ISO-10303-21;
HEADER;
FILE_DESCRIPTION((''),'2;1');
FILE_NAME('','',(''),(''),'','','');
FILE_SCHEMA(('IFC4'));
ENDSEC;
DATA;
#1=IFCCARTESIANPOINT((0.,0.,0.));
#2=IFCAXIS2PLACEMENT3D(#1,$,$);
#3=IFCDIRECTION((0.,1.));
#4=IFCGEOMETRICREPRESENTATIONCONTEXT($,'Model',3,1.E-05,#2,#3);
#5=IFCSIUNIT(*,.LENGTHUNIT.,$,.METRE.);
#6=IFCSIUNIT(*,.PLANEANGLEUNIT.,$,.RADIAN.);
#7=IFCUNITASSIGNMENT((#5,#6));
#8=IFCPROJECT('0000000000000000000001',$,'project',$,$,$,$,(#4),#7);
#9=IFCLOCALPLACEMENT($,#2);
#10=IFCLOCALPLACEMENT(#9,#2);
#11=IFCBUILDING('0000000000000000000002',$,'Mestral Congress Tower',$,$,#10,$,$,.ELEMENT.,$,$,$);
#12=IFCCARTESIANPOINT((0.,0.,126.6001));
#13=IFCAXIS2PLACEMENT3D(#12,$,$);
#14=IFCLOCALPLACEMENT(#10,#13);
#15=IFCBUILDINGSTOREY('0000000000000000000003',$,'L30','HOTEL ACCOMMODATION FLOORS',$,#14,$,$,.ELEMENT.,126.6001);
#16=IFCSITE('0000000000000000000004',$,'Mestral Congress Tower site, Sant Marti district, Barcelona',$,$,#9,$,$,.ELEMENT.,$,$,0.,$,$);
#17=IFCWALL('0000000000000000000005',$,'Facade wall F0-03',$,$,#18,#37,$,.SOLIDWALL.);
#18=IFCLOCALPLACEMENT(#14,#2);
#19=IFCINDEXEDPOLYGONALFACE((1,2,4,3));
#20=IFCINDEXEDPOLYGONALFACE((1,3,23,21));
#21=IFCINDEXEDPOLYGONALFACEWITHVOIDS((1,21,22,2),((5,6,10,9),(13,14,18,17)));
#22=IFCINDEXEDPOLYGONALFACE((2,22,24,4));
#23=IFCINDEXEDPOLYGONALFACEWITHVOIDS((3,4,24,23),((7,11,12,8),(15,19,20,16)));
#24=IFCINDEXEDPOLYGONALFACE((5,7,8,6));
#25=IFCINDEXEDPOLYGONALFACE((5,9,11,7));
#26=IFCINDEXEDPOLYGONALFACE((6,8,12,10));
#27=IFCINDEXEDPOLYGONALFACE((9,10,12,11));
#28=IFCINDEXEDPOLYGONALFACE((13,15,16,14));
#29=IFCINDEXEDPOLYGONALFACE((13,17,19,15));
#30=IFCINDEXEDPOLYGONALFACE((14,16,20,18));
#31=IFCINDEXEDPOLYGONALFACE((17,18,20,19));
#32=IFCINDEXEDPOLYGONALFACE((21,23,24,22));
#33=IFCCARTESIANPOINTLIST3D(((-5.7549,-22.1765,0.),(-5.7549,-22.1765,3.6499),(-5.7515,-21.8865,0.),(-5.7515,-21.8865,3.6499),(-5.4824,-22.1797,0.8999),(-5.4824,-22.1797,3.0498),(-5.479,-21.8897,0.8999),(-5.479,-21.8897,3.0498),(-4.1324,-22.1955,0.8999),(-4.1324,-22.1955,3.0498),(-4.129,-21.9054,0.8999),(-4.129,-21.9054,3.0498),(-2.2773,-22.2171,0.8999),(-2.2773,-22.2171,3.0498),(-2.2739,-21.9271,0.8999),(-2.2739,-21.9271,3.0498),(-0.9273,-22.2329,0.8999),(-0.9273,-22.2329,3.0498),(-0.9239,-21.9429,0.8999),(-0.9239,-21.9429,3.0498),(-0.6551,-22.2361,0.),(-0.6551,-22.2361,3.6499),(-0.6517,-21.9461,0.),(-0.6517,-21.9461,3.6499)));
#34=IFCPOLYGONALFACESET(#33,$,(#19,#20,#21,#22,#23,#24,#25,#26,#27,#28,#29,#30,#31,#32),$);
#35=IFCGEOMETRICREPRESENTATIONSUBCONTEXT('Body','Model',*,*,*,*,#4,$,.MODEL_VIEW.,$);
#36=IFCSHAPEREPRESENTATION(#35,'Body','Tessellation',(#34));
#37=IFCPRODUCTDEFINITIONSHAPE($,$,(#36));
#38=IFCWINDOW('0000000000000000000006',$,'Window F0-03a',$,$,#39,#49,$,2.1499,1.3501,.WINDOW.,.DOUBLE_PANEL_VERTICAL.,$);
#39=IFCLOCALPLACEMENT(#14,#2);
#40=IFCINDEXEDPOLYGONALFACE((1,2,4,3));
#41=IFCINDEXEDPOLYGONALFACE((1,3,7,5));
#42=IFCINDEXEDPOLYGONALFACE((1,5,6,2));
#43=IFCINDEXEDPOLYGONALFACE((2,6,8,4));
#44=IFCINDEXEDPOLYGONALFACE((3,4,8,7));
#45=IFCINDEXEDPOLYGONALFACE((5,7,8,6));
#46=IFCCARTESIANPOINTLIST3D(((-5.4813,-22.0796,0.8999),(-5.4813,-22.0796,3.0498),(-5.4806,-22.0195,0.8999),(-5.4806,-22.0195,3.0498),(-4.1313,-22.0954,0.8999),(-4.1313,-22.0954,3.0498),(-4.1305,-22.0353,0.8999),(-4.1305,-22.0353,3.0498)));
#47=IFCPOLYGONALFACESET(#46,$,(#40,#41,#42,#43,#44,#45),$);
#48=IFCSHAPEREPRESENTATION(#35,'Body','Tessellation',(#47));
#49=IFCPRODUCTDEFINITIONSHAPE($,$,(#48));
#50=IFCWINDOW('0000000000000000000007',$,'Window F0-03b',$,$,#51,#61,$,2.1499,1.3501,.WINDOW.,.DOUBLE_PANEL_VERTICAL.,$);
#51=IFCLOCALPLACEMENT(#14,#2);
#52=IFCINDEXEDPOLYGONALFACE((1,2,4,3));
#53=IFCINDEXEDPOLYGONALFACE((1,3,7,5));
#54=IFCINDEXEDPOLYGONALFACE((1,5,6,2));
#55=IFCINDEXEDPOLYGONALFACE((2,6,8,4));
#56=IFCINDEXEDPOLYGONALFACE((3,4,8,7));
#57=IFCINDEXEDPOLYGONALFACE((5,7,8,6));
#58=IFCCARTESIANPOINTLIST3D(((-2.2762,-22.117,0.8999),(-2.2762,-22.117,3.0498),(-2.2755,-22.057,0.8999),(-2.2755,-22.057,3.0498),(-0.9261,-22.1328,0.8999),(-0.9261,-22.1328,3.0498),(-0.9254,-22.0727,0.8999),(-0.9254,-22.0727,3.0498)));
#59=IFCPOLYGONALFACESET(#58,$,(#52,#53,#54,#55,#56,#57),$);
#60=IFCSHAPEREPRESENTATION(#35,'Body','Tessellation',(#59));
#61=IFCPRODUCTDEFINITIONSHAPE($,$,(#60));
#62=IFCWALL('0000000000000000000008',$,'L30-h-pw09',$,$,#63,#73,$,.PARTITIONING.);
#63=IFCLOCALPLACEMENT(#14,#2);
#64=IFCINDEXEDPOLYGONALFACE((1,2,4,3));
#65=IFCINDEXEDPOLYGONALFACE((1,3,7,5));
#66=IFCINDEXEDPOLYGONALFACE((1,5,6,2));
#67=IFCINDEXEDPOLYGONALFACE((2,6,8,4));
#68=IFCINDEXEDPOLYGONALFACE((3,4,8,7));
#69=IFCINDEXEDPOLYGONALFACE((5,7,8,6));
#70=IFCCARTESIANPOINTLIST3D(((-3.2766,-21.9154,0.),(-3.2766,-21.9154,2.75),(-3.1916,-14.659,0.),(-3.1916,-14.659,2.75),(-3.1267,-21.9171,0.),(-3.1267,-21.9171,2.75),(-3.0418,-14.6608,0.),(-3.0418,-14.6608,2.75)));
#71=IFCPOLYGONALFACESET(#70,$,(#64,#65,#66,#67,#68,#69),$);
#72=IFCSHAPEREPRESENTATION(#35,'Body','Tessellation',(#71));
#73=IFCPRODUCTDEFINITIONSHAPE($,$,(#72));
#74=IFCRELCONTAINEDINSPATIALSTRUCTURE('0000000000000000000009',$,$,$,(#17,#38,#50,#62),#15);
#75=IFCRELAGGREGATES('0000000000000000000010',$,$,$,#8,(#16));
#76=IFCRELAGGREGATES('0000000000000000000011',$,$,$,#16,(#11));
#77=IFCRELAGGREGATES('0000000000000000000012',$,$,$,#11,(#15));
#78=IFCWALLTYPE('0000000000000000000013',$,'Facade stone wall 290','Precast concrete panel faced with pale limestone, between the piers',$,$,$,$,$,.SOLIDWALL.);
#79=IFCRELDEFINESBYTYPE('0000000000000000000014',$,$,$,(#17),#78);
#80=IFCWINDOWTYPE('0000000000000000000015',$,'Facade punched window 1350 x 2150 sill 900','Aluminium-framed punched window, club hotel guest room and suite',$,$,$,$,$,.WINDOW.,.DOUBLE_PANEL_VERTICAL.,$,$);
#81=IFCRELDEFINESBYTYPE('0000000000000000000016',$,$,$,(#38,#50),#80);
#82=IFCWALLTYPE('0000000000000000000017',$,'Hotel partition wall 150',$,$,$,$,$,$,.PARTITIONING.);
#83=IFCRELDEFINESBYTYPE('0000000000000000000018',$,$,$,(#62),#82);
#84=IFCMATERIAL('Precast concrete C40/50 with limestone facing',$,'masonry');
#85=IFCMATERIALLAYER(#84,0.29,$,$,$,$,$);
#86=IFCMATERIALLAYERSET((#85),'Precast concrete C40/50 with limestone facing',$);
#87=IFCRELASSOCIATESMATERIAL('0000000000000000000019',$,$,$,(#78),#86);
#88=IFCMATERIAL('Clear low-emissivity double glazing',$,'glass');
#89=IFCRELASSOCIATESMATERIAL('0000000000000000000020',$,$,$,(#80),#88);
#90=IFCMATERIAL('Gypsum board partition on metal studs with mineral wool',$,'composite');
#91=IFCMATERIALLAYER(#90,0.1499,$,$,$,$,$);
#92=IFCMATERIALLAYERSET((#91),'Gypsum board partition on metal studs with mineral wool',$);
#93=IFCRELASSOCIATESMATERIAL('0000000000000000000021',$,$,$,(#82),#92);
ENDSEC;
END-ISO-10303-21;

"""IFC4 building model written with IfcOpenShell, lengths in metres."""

from ifc_helpers import new_model, si_unit, direction, frame, frame_2d, origin, place, context, subcontext, project, spatial, rectangle, extrude, material, layer, layer_set, type_object, element, fill, save


model = new_model("IFC4")

# Units and contexts
model_context = context("Model", 3, precision=1e-05, world=origin(), true_north=direction((0.0, 1.0)))
body_context = subcontext(model_context, "Body", "Model", "MODEL_VIEW")
ifc_project = project(units=[si_unit("LENGTHUNIT", "METRE"), si_unit("PLANEANGLEUNIT", "RADIAN")], contexts=[model_context])

# Site, building, storey
site_placement = place(None, origin())
site = spatial("IfcSite", under=ifc_project, at=site_placement, Name="Mestral Congress Tower site, Sant Marti district, Barcelona", CompositionType="ELEMENT", RefElevation=0.0)
building_placement = place(site_placement, origin())
building = spatial("IfcBuilding", under=site, at=building_placement, Name="Mestral Congress Tower", CompositionType="ELEMENT")
storey_placement = place(building_placement, frame((0.0, 0.0, 126.6001)))
storey = spatial("IfcBuildingStorey", under=building, at=storey_placement, Name="L30", Description="HOTEL ACCOMMODATION FLOORS", CompositionType="ELEMENT", Elevation=126.6001)

# Wall, openings, windows
ifc_material_1 = material(Name="Precast concrete C40/50 with limestone facing", Category="masonry")
ifc_layer_1 = layer(ifc_material_1, 0.29)
ifc_layer_set_1 = layer_set([ifc_layer_1], Name="Precast concrete C40/50 with limestone facing")
wall_type_1 = type_object("IfcWallType", Name="Facade stone wall 290", Description="Precast concrete panel faced with pale limestone, between the piers", PredefinedType="SOLIDWALL", material=ifc_layer_set_1)
ifc_material_2 = material(Name="Clear low-emissivity double glazing", Category="glass")
window_type = type_object("IfcWindowType", Name="Facade punched window 1350 x 2150 sill 900", Description="Aluminium-framed punched window, club hotel guest room and suite", PartitioningType="DOUBLE_PANEL_VERTICAL", PredefinedType="WINDOW", material=ifc_material_2)
wall_1_placement = place(storey_placement, frame((-5.7532, -22.0315, 0.0), z_axis=(0.0, 0.0, 1.0), x_axis=(0.999932, -0.01168, 0.0)))
wall_1 = element("IfcWall", 1, at=wall_1_placement, inside=storey, type_object=wall_type_1, Name="Facade wall F0-03", PredefinedType="SOLIDWALL", context=body_context, shape_type="SweptSolid", body=[
    extrude(rectangle(XDim=5.1001, YDim=0.29, at=frame_2d((2.55, 0.0))), origin(), (0.0, 0.0, 1.0), 3.6499),
])
opening_1_placement = place(wall_1_placement, frame((0.2725, 0.0, 0.8999)))
opening_1 = element("IfcOpeningElement", 2, at=opening_1_placement, cuts=wall_1, PredefinedType="OPENING", context=body_context, shape_type="SweptSolid", body=[
    extrude(rectangle(XDim=1.3501, YDim=2.1499, at=frame_2d((0.675, 1.075))), frame((0.0, 0.155, 0.0), z_axis=(0.0, -1.0, 0.0), x_axis=(1.0, 0.0, 0.0)), (0.0, 0.0, 1.0), 0.3101),
])
opening_2_placement = place(wall_1_placement, frame((3.4778, 0.0, 0.8999)))
opening_2 = element("IfcOpeningElement", 3, at=opening_2_placement, cuts=wall_1, PredefinedType="OPENING", context=body_context, shape_type="SweptSolid", body=[
    extrude(rectangle(XDim=1.3501, YDim=2.1499, at=frame_2d((0.675, 1.075))), frame((0.0, 0.155, 0.0), z_axis=(0.0, -1.0, 0.0), x_axis=(1.0, 0.0, 0.0)), (0.0, 0.0, 1.0), 0.3101),
])
window_1_placement = place(opening_1_placement, origin())
window_1 = element("IfcWindow", 4, at=window_1_placement, inside=storey, type_object=window_type, Name="Window F0-03a", OverallHeight=2.1499, OverallWidth=1.3501, PartitioningType="DOUBLE_PANEL_VERTICAL", PredefinedType="WINDOW", context=body_context, shape_type="SweptSolid", body=[
    extrude(rectangle(XDim=1.3501, YDim=2.1499, at=frame_2d((0.675, 1.075))), frame((0.0, 0.0151, 0.0), z_axis=(0.0, -1.0, 0.0), x_axis=(1.0, 0.0, 0.0)), (0.0, 0.0, 1.0), 0.0601),
])
fill(opening_1, window_1)
window_2_placement = place(opening_2_placement, origin())
window_2 = element("IfcWindow", 5, at=window_2_placement, inside=storey, type_object=window_type, Name="Window F0-03b", OverallHeight=2.1499, OverallWidth=1.3501, PartitioningType="DOUBLE_PANEL_VERTICAL", PredefinedType="WINDOW", context=body_context, shape_type="SweptSolid", body=[
    extrude(rectangle(XDim=1.3501, YDim=2.1499, at=frame_2d((0.675, 1.075))), frame((0.0, 0.0151, 0.0), z_axis=(0.0, -1.0, 0.0), x_axis=(1.0, 0.0, 0.0)), (0.0, 0.0, 1.0), 0.0601),
])
fill(opening_2, window_2)

# Wall
ifc_material_3 = material(Name="Gypsum board partition on metal studs with mineral wool", Category="composite")
ifc_layer_2 = layer(ifc_material_3, 0.1499)
ifc_layer_set_2 = layer_set([ifc_layer_2], Name="Gypsum board partition on metal studs with mineral wool")
wall_type_2 = type_object("IfcWallType", Name="Hotel partition wall 150", PredefinedType="PARTITIONING", material=ifc_layer_set_2)
wall_2_placement = place(storey_placement, frame((-3.2017, -21.9163, 0.0), z_axis=(0.0, 0.0, 1.0), x_axis=(0.011708, 0.999931, 0.0)))
element("IfcWall", 6, at=wall_2_placement, inside=storey, type_object=wall_type_2, Name="L30-h-pw09", PredefinedType="PARTITIONING", context=body_context, shape_type="SweptSolid", body=[
    extrude(rectangle(XDim=7.2568, YDim=0.1499, at=frame_2d((3.6284, 0.0))), origin(), (0.0, 0.0, 1.0), 2.75),
])

save(model, "model.ifc")
